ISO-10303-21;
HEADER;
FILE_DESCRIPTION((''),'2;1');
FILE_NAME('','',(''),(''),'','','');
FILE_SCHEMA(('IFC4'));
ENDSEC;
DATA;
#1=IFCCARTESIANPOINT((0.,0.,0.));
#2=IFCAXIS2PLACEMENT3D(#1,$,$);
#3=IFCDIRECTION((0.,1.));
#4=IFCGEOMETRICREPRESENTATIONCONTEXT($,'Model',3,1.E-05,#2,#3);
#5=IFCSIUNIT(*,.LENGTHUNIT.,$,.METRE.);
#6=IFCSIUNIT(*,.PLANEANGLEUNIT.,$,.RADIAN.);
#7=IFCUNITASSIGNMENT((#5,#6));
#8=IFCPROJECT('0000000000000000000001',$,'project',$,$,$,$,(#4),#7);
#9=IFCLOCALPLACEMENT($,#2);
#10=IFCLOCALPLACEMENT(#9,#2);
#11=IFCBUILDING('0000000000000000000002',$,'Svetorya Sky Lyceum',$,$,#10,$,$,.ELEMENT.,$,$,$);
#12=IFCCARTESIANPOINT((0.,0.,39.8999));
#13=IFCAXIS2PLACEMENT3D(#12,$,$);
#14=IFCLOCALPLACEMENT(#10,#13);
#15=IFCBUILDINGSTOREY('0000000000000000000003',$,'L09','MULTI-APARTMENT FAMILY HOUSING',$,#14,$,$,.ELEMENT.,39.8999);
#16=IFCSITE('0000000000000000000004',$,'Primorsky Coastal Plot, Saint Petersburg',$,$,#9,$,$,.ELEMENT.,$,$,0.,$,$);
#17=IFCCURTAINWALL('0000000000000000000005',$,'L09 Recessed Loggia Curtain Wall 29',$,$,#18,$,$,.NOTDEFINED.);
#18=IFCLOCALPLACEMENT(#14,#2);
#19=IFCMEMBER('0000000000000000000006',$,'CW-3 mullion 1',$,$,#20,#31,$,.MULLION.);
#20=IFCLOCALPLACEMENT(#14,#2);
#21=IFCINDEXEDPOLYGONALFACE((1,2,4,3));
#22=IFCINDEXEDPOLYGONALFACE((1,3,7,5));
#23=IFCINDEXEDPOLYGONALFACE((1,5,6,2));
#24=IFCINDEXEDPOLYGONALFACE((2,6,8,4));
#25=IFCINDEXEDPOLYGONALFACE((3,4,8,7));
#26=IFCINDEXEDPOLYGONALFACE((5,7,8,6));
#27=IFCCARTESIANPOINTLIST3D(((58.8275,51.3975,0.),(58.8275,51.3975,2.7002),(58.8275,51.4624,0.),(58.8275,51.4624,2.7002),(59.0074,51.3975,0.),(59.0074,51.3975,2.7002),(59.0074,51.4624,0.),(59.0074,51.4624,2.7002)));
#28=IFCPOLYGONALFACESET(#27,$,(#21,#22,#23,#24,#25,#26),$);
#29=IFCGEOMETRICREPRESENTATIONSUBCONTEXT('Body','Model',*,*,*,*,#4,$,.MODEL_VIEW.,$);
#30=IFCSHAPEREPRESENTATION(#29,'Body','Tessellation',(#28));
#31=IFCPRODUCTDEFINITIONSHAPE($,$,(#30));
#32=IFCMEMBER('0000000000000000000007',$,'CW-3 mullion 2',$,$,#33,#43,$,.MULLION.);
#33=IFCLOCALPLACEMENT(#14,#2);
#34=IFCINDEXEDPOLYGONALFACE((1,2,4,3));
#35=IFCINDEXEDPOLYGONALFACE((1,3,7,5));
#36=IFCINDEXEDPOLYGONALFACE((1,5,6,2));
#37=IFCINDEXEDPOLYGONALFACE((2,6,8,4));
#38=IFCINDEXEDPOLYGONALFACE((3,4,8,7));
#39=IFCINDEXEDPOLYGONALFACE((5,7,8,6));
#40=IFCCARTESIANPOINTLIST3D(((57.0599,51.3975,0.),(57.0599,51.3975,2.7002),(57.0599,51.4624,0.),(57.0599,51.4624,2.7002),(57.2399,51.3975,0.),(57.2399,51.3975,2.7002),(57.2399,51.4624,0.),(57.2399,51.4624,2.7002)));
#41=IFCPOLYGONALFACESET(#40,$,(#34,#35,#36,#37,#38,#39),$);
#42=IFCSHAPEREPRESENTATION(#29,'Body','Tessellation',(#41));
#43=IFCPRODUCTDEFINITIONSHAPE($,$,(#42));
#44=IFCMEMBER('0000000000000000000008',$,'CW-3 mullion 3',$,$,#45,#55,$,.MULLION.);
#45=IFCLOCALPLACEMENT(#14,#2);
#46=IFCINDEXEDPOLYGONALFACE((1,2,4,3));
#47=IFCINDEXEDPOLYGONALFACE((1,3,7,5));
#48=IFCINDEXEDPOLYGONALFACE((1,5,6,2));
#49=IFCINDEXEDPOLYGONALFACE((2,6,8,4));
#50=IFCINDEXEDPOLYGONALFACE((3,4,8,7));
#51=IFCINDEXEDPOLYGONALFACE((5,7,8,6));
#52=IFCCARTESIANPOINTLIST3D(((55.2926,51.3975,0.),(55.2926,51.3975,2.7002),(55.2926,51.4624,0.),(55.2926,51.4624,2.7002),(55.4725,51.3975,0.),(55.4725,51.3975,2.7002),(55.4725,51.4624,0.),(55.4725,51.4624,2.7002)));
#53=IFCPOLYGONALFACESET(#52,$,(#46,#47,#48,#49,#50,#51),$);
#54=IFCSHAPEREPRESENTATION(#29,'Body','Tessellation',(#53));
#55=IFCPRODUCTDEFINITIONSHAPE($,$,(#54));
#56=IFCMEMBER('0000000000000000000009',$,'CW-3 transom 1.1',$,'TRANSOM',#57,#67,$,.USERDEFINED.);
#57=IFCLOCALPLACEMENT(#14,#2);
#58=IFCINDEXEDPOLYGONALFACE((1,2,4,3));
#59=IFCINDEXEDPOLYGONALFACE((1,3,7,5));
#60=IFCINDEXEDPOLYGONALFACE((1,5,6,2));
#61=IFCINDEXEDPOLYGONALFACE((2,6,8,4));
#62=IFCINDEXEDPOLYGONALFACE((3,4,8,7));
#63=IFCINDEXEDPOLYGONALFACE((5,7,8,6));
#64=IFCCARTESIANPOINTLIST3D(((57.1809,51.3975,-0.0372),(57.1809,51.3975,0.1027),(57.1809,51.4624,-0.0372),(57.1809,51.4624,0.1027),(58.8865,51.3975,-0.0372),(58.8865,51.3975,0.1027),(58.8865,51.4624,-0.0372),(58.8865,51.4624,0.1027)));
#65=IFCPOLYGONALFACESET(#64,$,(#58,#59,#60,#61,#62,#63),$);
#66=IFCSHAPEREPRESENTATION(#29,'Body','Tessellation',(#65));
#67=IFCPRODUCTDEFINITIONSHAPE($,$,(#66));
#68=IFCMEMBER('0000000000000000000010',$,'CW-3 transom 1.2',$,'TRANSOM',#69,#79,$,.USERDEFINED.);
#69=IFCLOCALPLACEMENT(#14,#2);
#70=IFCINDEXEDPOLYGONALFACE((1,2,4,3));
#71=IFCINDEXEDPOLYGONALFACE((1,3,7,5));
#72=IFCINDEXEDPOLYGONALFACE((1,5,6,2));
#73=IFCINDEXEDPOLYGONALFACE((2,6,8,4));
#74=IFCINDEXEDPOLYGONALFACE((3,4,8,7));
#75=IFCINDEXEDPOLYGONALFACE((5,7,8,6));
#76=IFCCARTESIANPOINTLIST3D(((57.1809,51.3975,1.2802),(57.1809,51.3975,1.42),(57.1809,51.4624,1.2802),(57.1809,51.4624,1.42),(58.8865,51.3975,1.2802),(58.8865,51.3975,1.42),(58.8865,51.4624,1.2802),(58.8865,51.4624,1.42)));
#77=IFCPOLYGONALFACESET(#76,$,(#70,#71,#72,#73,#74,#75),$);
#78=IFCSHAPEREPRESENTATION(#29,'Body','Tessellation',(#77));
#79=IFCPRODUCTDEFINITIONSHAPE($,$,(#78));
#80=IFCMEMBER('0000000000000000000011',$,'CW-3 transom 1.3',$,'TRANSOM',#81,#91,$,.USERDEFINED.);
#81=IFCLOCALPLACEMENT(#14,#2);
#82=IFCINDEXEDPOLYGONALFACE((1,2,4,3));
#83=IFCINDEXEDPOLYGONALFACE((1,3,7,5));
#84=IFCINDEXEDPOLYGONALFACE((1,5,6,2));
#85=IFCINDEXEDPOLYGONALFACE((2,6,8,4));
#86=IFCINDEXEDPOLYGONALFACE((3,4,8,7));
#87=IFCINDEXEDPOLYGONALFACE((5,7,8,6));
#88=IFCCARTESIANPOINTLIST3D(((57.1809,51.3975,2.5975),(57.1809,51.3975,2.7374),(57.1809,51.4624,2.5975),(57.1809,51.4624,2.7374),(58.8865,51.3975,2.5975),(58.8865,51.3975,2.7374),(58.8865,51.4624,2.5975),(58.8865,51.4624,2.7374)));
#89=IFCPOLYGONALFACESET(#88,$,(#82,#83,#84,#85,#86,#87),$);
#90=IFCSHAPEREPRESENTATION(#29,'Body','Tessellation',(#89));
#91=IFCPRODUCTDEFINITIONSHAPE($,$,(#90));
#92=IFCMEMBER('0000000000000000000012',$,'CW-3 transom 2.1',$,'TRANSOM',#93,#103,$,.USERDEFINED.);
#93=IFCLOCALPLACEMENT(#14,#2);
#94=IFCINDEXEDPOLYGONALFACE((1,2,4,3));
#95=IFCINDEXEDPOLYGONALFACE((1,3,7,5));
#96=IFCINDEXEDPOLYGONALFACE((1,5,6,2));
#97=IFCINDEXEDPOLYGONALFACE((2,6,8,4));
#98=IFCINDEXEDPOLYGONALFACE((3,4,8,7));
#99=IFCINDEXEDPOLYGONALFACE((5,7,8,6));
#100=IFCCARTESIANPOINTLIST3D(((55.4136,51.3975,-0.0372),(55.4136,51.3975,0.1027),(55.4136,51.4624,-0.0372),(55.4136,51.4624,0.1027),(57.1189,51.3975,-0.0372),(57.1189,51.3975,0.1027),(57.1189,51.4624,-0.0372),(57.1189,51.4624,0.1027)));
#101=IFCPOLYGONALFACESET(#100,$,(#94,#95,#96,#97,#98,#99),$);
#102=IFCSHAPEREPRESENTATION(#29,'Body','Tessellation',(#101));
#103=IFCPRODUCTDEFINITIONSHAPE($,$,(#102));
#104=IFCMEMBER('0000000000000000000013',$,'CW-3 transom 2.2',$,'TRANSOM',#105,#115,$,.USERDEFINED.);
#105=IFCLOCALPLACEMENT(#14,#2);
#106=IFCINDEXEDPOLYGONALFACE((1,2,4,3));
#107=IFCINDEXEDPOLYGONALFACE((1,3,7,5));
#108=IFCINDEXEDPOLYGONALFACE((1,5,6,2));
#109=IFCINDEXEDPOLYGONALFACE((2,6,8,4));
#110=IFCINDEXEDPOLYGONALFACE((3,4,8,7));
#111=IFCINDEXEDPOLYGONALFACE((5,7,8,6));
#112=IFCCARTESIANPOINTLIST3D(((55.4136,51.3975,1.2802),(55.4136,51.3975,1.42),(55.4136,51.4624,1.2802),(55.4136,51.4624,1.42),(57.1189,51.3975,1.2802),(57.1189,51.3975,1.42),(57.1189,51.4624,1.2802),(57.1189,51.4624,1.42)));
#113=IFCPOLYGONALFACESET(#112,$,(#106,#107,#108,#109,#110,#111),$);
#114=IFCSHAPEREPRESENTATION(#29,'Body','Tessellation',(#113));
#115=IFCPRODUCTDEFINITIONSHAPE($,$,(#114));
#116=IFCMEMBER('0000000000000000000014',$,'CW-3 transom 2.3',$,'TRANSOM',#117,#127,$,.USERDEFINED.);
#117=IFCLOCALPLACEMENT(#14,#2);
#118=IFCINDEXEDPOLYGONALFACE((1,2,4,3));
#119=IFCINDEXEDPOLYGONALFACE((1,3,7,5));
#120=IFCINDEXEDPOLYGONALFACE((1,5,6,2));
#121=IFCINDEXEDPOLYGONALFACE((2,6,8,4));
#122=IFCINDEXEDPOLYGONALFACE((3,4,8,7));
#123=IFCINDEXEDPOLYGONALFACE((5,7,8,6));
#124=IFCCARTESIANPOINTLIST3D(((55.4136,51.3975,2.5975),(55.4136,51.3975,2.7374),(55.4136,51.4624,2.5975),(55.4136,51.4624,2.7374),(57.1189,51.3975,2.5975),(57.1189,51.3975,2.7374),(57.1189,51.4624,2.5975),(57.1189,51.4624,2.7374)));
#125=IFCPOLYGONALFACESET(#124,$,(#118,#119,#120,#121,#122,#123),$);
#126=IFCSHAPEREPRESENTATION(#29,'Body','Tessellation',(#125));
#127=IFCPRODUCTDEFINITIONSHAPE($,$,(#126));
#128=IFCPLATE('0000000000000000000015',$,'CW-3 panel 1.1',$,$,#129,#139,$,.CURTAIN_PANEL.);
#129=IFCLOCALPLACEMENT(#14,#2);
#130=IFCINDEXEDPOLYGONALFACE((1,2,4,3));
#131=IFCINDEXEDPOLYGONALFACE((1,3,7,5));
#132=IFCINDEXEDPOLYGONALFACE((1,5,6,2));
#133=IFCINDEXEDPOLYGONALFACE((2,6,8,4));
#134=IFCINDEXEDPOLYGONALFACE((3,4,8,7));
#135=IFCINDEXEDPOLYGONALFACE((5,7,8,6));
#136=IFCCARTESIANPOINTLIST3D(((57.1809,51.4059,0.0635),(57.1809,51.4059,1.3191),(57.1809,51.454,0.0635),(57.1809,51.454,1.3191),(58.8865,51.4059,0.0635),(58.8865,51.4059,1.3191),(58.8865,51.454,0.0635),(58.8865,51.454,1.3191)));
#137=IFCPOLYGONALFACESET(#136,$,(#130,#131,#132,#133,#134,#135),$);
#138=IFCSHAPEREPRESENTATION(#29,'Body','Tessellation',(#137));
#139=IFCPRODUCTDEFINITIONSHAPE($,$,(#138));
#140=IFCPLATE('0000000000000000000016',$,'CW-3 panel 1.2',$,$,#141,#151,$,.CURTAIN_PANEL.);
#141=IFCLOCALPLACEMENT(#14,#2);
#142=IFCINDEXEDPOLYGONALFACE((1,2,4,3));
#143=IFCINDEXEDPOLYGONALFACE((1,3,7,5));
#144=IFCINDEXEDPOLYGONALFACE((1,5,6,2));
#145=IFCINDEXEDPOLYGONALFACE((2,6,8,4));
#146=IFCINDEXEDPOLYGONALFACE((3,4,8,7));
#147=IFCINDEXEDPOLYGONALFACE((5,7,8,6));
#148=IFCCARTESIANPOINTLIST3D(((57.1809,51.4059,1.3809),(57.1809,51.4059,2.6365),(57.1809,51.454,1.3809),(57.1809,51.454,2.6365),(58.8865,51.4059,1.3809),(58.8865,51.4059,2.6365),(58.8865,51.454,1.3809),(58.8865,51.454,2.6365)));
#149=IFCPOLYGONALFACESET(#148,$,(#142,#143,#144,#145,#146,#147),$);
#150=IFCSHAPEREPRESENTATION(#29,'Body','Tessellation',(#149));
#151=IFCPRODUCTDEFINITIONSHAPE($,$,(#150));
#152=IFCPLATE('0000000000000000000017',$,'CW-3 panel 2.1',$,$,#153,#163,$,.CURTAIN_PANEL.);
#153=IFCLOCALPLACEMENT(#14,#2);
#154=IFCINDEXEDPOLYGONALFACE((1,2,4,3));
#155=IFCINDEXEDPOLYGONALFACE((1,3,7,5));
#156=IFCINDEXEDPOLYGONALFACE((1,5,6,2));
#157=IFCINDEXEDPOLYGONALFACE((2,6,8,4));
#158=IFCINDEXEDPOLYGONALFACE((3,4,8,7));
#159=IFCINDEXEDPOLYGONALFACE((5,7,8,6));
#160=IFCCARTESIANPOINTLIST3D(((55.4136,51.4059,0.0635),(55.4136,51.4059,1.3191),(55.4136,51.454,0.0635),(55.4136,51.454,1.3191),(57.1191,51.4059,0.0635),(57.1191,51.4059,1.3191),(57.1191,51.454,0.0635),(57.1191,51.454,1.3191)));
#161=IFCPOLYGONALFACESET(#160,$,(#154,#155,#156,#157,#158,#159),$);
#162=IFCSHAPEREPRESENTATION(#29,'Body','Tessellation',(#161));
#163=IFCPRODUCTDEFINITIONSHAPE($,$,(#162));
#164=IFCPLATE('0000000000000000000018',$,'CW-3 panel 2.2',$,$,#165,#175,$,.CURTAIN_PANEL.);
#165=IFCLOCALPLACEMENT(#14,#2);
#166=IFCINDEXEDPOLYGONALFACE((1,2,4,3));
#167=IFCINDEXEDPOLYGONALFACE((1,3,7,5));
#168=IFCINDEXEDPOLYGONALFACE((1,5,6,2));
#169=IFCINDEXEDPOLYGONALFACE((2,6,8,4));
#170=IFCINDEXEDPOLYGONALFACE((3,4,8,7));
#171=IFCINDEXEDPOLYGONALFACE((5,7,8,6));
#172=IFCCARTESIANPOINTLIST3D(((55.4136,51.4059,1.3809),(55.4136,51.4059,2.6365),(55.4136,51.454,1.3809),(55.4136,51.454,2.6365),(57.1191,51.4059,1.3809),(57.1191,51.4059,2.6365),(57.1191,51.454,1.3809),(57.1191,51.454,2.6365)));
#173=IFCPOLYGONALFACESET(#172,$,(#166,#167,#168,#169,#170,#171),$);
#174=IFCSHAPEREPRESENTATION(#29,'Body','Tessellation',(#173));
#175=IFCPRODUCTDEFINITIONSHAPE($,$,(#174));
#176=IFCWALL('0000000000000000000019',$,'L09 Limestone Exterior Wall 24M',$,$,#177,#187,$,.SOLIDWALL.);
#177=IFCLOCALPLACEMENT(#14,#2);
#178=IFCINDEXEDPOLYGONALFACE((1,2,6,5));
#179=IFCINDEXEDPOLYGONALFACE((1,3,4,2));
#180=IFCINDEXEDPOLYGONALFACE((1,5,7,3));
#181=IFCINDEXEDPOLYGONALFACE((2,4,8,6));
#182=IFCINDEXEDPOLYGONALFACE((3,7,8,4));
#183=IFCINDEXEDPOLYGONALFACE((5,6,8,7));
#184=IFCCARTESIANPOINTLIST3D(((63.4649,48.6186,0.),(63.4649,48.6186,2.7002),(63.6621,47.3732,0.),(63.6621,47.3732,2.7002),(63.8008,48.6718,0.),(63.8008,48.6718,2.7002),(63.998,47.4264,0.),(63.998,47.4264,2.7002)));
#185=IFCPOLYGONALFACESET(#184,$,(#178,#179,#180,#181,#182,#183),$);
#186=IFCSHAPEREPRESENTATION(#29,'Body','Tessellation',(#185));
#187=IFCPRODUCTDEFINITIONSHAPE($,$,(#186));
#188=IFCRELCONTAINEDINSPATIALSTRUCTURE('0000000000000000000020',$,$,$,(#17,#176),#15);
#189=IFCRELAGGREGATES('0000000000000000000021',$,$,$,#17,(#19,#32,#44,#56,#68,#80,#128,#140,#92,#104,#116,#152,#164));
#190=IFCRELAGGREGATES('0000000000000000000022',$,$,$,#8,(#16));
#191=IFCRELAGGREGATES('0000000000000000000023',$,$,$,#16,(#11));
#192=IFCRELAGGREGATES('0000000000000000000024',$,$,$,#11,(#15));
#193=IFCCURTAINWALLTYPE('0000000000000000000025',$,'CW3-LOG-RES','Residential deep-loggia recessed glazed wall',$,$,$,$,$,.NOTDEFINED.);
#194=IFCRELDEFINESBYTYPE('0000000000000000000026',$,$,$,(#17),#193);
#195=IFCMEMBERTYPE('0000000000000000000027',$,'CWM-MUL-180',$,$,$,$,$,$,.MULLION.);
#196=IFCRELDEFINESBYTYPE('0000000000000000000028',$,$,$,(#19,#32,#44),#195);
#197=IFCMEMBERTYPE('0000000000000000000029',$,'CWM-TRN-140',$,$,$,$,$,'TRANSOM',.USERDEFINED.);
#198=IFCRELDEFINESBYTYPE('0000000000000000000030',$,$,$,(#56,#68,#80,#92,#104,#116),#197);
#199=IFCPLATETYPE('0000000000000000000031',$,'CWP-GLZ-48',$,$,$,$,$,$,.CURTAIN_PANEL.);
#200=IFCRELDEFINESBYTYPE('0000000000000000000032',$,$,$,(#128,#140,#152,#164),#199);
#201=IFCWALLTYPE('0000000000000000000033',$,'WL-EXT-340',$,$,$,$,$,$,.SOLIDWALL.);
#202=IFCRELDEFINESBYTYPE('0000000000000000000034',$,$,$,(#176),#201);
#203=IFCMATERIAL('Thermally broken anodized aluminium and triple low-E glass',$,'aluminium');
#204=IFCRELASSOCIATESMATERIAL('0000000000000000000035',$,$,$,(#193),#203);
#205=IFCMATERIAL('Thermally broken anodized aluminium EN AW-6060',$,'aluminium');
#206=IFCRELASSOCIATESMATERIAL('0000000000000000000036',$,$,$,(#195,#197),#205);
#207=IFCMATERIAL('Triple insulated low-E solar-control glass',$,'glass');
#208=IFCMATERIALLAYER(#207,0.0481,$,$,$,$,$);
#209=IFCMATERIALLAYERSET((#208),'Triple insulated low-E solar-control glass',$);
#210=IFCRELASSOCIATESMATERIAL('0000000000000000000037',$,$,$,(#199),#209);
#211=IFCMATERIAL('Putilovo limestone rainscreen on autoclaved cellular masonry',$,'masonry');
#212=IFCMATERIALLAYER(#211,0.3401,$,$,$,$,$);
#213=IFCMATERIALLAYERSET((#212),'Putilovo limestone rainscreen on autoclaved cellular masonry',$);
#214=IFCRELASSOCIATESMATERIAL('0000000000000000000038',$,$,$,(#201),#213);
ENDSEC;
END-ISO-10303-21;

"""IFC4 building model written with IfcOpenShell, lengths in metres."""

from ifc_helpers import new_model, si_unit, direction, frame, frame_2d, origin, origin_2d, place, context, subcontext, project, spatial, rectangle, extrude, material, layer, layer_set, material_profile, profile_set, type_object, element, aggregate, save


model = new_model("IFC4")

# Units and contexts
model_context = context("Model", 3, precision=1e-05, world=origin(), true_north=direction((0.0, 1.0)))
body_context = subcontext(model_context, "Body", "Model", "MODEL_VIEW")
ifc_project = project(units=[si_unit("LENGTHUNIT", "METRE"), si_unit("PLANEANGLEUNIT", "RADIAN")], contexts=[model_context])

# Site, building, storey
site_placement = place(None, origin())
site = spatial("IfcSite", under=ifc_project, at=site_placement, Name="Primorsky Coastal Plot, Saint Petersburg", CompositionType="ELEMENT", RefElevation=0.0)
building_placement = place(site_placement, origin())
building = spatial("IfcBuilding", under=site, at=building_placement, Name="Svetorya Sky Lyceum", CompositionType="ELEMENT")
storey_placement = place(building_placement, frame((0.0, 0.0, 39.8999)))
storey = spatial("IfcBuildingStorey", under=building, at=storey_placement, Name="L09", Description="MULTI-APARTMENT FAMILY HOUSING", CompositionType="ELEMENT", Elevation=39.8999)

# Curtain wall, members, plates
ifc_material_1 = material(Name="Thermally broken anodized aluminium and triple low-E glass", Category="aluminium")
curtain_wall_type = type_object("IfcCurtainWallType", Name="CW3-LOG-RES", Description="Residential deep-loggia recessed glazed wall", PredefinedType="NOTDEFINED", material=ifc_material_1)
curtain_wall_placement = place(storey_placement, origin())
curtain_wall = element("IfcCurtainWall", 1, at=curtain_wall_placement, inside=storey, type_object=curtain_wall_type, Name="L09 Recessed Loggia Curtain Wall 29", PredefinedType="NOTDEFINED")
ifc_material_2 = material(Name="Thermally broken anodized aluminium EN AW-6060", Category="aluminium")
ifc_material_profile_1 = material_profile(ifc_material_2, rectangle(XDim=0.0649, YDim=0.1799, at=origin_2d()), Name="ALU MULLION 65x180")
ifc_profile_set_1 = profile_set([ifc_material_profile_1], Name="Thermally broken anodized aluminium EN AW-6060")
member_type_1 = type_object("IfcMemberType", Name="CWM-MUL-180", PredefinedType="MULLION", material=ifc_profile_set_1)
member_1_placement = place(storey_placement, frame((58.9175, 51.4299, 0.0), z_axis=(0.0, 0.0, 1.0), x_axis=(0.0, -1.0, 0.0)))
member_1 = element("IfcMember", 2, at=member_1_placement, type_object=member_type_1, Name="CW-3 mullion 1", PredefinedType="MULLION", context=body_context, shape_type="SweptSolid", body=[
    extrude(rectangle(XDim=0.0649, YDim=0.1799, at=origin_2d()), origin(), (0.0, 0.0, 1.0), 2.7002),
])
member_2_placement = place(storey_placement, frame((57.1499, 51.4299, 0.0), z_axis=(0.0, 0.0, 1.0), x_axis=(0.0, -1.0, 0.0)))
member_2 = element("IfcMember", 3, at=member_2_placement, type_object=member_type_1, Name="CW-3 mullion 2", PredefinedType="MULLION", context=body_context, shape_type="SweptSolid", body=[
    extrude(rectangle(XDim=0.0649, YDim=0.1799, at=origin_2d()), origin(), (0.0, 0.0, 1.0), 2.7002),
])
member_3_placement = place(storey_placement, frame((55.3826, 51.4299, 0.0), z_axis=(0.0, 0.0, 1.0), x_axis=(0.0, -1.0, 0.0)))
member_3 = element("IfcMember", 4, at=member_3_placement, type_object=member_type_1, Name="CW-3 mullion 3", PredefinedType="MULLION", context=body_context, shape_type="SweptSolid", body=[
    extrude(rectangle(XDim=0.0649, YDim=0.1799, at=origin_2d()), origin(), (0.0, 0.0, 1.0), 2.7002),
])
ifc_material_profile_2 = material_profile(ifc_material_2, rectangle(XDim=0.0649, YDim=0.1399, at=origin_2d()), Name="ALU TRANSOM 65x140")
ifc_profile_set_2 = profile_set([ifc_material_profile_2], Name="Thermally broken anodized aluminium EN AW-6060")
member_type_2 = type_object("IfcMemberType", Name="CWM-TRN-140", ElementType="TRANSOM", PredefinedType="USERDEFINED", material=ifc_profile_set_2)
member_4_placement = place(storey_placement, frame((58.8865, 51.4299, 0.0327), z_axis=(-1.0, 0.0, 0.0), x_axis=(0.0, -1.0, 0.0)))
member_4 = element("IfcMember", 5, at=member_4_placement, type_object=member_type_2, Name="CW-3 transom 1.1", ObjectType="TRANSOM", PredefinedType="USERDEFINED", context=body_context, shape_type="SweptSolid", body=[
    extrude(rectangle(XDim=0.0649, YDim=0.1399, at=origin_2d()), origin(), (0.0, 0.0, 1.0), 1.7056),
])
member_5_placement = place(storey_placement, frame((58.8865, 51.4299, 1.3501), z_axis=(-1.0, 0.0, 0.0), x_axis=(0.0, -1.0, 0.0)))
member_5 = element("IfcMember", 6, at=member_5_placement, type_object=member_type_2, Name="CW-3 transom 1.2", ObjectType="TRANSOM", PredefinedType="USERDEFINED", context=body_context, shape_type="SweptSolid", body=[
    extrude(rectangle(XDim=0.0649, YDim=0.1399, at=origin_2d()), origin(), (0.0, 0.0, 1.0), 1.7056),
])
member_6_placement = place(storey_placement, frame((58.8865, 51.4299, 2.6675), z_axis=(-1.0, 0.0, 0.0), x_axis=(0.0, -1.0, 0.0)))
member_6 = element("IfcMember", 7, at=member_6_placement, type_object=member_type_2, Name="CW-3 transom 1.3", ObjectType="TRANSOM", PredefinedType="USERDEFINED", context=body_context, shape_type="SweptSolid", body=[
    extrude(rectangle(XDim=0.0649, YDim=0.1399, at=origin_2d()), origin(), (0.0, 0.0, 1.0), 1.7056),
])
member_7_placement = place(storey_placement, frame((57.1189, 51.4299, 0.0327), z_axis=(-1.0, 0.0, 0.0), x_axis=(0.0, -1.0, 0.0)))
member_7 = element("IfcMember", 8, at=member_7_placement, type_object=member_type_2, Name="CW-3 transom 2.1", ObjectType="TRANSOM", PredefinedType="USERDEFINED", context=body_context, shape_type="SweptSolid", body=[
    extrude(rectangle(XDim=0.0649, YDim=0.1399, at=origin_2d()), origin(), (0.0, 0.0, 1.0), 1.7053),
])
member_8_placement = place(storey_placement, frame((57.1189, 51.4299, 1.3501), z_axis=(-1.0, 0.0, 0.0), x_axis=(0.0, -1.0, 0.0)))
member_8 = element("IfcMember", 9, at=member_8_placement, type_object=member_type_2, Name="CW-3 transom 2.2", ObjectType="TRANSOM", PredefinedType="USERDEFINED", context=body_context, shape_type="SweptSolid", body=[
    extrude(rectangle(XDim=0.0649, YDim=0.1399, at=origin_2d()), origin(), (0.0, 0.0, 1.0), 1.7053),
])
member_9_placement = place(storey_placement, frame((57.1189, 51.4299, 2.6675), z_axis=(-1.0, 0.0, 0.0), x_axis=(0.0, -1.0, 0.0)))
member_9 = element("IfcMember", 10, at=member_9_placement, type_object=member_type_2, Name="CW-3 transom 2.3", ObjectType="TRANSOM", PredefinedType="USERDEFINED", context=body_context, shape_type="SweptSolid", body=[
    extrude(rectangle(XDim=0.0649, YDim=0.1399, at=origin_2d()), origin(), (0.0, 0.0, 1.0), 1.7053),
])
ifc_material_3 = material(Name="Triple insulated low-E solar-control glass", Category="glass")
ifc_layer_1 = layer(ifc_material_3, 0.0481)
ifc_layer_set_1 = layer_set([ifc_layer_1], Name="Triple insulated low-E solar-control glass")
plate_type = type_object("IfcPlateType", Name="CWP-GLZ-48", PredefinedType="CURTAIN_PANEL", material=ifc_layer_set_1)
plate_1_placement = place(storey_placement, frame((58.0337, 51.4299, 0.0635), z_axis=(0.0, 0.0, 1.0), x_axis=(-1.0, 0.0, 0.0)))
plate_1 = element("IfcPlate", 11, at=plate_1_placement, type_object=plate_type, Name="CW-3 panel 1.1", PredefinedType="CURTAIN_PANEL", context=body_context, shape_type="SweptSolid", body=[
    extrude(rectangle(XDim=1.7056, YDim=0.0481, at=origin_2d()), origin(), (0.0, 0.0, 1.0), 1.2556),
])
plate_2_placement = place(storey_placement, frame((58.0337, 51.4299, 1.3809), z_axis=(0.0, 0.0, 1.0), x_axis=(-1.0, 0.0, 0.0)))
plate_2 = element("IfcPlate", 12, at=plate_2_placement, type_object=plate_type, Name="CW-3 panel 1.2", PredefinedType="CURTAIN_PANEL", context=body_context, shape_type="SweptSolid", body=[
    extrude(rectangle(XDim=1.7056, YDim=0.0481, at=origin_2d()), origin(), (0.0, 0.0, 1.0), 1.2556),
])
plate_3_placement = place(storey_placement, frame((56.2664, 51.4299, 0.0635), z_axis=(0.0, 0.0, 1.0), x_axis=(-1.0, 0.0, 0.0)))
plate_3 = element("IfcPlate", 13, at=plate_3_placement, type_object=plate_type, Name="CW-3 panel 2.1", PredefinedType="CURTAIN_PANEL", context=body_context, shape_type="SweptSolid", body=[
    extrude(rectangle(XDim=1.7056, YDim=0.0481, at=origin_2d()), origin(), (0.0, 0.0, 1.0), 1.2556),
])
plate_4_placement = place(storey_placement, frame((56.2664, 51.4299, 1.3809), z_axis=(0.0, 0.0, 1.0), x_axis=(-1.0, 0.0, 0.0)))
plate_4 = element("IfcPlate", 14, at=plate_4_placement, type_object=plate_type, Name="CW-3 panel 2.2", PredefinedType="CURTAIN_PANEL", context=body_context, shape_type="SweptSolid", body=[
    extrude(rectangle(XDim=1.7056, YDim=0.0481, at=origin_2d()), origin(), (0.0, 0.0, 1.0), 1.2556),
])
aggregate(curtain_wall, [member_1, member_2, member_3, member_4, member_5, member_6, plate_1, plate_2, member_7, member_8, member_9, plate_3, plate_4])

# Wall
ifc_material_4 = material(Name="Putilovo limestone rainscreen on autoclaved cellular masonry", Category="masonry")
ifc_layer_2 = layer(ifc_material_4, 0.3401)
ifc_layer_set_2 = layer_set([ifc_layer_2], Name="Putilovo limestone rainscreen on autoclaved cellular masonry")
wall_type = type_object("IfcWallType", Name="WL-EXT-340", PredefinedType="SOLIDWALL", material=ifc_layer_set_2)
for number, where, z_axis, x_axis, name in (
    (15, (63.8301, 47.3999, 0.0), (0.0, 0.0, 1.0), (-0.15645, 0.987686, 0.0), "L09 Limestone Exterior Wall 24M"),
):
    element("IfcWall", number, at=place(storey_placement, frame(where, z_axis=z_axis, x_axis=x_axis)), inside=storey, type_object=wall_type, Name=name, PredefinedType="SOLIDWALL", context=body_context, shape_type="SweptSolid", body=[
        extrude(rectangle(XDim=1.261, YDim=0.3401, at=frame_2d((0.6304, 0.0))), origin(), (0.0, 0.0, 1.0), 2.7002),
    ])

save(model, "model.ifc")
